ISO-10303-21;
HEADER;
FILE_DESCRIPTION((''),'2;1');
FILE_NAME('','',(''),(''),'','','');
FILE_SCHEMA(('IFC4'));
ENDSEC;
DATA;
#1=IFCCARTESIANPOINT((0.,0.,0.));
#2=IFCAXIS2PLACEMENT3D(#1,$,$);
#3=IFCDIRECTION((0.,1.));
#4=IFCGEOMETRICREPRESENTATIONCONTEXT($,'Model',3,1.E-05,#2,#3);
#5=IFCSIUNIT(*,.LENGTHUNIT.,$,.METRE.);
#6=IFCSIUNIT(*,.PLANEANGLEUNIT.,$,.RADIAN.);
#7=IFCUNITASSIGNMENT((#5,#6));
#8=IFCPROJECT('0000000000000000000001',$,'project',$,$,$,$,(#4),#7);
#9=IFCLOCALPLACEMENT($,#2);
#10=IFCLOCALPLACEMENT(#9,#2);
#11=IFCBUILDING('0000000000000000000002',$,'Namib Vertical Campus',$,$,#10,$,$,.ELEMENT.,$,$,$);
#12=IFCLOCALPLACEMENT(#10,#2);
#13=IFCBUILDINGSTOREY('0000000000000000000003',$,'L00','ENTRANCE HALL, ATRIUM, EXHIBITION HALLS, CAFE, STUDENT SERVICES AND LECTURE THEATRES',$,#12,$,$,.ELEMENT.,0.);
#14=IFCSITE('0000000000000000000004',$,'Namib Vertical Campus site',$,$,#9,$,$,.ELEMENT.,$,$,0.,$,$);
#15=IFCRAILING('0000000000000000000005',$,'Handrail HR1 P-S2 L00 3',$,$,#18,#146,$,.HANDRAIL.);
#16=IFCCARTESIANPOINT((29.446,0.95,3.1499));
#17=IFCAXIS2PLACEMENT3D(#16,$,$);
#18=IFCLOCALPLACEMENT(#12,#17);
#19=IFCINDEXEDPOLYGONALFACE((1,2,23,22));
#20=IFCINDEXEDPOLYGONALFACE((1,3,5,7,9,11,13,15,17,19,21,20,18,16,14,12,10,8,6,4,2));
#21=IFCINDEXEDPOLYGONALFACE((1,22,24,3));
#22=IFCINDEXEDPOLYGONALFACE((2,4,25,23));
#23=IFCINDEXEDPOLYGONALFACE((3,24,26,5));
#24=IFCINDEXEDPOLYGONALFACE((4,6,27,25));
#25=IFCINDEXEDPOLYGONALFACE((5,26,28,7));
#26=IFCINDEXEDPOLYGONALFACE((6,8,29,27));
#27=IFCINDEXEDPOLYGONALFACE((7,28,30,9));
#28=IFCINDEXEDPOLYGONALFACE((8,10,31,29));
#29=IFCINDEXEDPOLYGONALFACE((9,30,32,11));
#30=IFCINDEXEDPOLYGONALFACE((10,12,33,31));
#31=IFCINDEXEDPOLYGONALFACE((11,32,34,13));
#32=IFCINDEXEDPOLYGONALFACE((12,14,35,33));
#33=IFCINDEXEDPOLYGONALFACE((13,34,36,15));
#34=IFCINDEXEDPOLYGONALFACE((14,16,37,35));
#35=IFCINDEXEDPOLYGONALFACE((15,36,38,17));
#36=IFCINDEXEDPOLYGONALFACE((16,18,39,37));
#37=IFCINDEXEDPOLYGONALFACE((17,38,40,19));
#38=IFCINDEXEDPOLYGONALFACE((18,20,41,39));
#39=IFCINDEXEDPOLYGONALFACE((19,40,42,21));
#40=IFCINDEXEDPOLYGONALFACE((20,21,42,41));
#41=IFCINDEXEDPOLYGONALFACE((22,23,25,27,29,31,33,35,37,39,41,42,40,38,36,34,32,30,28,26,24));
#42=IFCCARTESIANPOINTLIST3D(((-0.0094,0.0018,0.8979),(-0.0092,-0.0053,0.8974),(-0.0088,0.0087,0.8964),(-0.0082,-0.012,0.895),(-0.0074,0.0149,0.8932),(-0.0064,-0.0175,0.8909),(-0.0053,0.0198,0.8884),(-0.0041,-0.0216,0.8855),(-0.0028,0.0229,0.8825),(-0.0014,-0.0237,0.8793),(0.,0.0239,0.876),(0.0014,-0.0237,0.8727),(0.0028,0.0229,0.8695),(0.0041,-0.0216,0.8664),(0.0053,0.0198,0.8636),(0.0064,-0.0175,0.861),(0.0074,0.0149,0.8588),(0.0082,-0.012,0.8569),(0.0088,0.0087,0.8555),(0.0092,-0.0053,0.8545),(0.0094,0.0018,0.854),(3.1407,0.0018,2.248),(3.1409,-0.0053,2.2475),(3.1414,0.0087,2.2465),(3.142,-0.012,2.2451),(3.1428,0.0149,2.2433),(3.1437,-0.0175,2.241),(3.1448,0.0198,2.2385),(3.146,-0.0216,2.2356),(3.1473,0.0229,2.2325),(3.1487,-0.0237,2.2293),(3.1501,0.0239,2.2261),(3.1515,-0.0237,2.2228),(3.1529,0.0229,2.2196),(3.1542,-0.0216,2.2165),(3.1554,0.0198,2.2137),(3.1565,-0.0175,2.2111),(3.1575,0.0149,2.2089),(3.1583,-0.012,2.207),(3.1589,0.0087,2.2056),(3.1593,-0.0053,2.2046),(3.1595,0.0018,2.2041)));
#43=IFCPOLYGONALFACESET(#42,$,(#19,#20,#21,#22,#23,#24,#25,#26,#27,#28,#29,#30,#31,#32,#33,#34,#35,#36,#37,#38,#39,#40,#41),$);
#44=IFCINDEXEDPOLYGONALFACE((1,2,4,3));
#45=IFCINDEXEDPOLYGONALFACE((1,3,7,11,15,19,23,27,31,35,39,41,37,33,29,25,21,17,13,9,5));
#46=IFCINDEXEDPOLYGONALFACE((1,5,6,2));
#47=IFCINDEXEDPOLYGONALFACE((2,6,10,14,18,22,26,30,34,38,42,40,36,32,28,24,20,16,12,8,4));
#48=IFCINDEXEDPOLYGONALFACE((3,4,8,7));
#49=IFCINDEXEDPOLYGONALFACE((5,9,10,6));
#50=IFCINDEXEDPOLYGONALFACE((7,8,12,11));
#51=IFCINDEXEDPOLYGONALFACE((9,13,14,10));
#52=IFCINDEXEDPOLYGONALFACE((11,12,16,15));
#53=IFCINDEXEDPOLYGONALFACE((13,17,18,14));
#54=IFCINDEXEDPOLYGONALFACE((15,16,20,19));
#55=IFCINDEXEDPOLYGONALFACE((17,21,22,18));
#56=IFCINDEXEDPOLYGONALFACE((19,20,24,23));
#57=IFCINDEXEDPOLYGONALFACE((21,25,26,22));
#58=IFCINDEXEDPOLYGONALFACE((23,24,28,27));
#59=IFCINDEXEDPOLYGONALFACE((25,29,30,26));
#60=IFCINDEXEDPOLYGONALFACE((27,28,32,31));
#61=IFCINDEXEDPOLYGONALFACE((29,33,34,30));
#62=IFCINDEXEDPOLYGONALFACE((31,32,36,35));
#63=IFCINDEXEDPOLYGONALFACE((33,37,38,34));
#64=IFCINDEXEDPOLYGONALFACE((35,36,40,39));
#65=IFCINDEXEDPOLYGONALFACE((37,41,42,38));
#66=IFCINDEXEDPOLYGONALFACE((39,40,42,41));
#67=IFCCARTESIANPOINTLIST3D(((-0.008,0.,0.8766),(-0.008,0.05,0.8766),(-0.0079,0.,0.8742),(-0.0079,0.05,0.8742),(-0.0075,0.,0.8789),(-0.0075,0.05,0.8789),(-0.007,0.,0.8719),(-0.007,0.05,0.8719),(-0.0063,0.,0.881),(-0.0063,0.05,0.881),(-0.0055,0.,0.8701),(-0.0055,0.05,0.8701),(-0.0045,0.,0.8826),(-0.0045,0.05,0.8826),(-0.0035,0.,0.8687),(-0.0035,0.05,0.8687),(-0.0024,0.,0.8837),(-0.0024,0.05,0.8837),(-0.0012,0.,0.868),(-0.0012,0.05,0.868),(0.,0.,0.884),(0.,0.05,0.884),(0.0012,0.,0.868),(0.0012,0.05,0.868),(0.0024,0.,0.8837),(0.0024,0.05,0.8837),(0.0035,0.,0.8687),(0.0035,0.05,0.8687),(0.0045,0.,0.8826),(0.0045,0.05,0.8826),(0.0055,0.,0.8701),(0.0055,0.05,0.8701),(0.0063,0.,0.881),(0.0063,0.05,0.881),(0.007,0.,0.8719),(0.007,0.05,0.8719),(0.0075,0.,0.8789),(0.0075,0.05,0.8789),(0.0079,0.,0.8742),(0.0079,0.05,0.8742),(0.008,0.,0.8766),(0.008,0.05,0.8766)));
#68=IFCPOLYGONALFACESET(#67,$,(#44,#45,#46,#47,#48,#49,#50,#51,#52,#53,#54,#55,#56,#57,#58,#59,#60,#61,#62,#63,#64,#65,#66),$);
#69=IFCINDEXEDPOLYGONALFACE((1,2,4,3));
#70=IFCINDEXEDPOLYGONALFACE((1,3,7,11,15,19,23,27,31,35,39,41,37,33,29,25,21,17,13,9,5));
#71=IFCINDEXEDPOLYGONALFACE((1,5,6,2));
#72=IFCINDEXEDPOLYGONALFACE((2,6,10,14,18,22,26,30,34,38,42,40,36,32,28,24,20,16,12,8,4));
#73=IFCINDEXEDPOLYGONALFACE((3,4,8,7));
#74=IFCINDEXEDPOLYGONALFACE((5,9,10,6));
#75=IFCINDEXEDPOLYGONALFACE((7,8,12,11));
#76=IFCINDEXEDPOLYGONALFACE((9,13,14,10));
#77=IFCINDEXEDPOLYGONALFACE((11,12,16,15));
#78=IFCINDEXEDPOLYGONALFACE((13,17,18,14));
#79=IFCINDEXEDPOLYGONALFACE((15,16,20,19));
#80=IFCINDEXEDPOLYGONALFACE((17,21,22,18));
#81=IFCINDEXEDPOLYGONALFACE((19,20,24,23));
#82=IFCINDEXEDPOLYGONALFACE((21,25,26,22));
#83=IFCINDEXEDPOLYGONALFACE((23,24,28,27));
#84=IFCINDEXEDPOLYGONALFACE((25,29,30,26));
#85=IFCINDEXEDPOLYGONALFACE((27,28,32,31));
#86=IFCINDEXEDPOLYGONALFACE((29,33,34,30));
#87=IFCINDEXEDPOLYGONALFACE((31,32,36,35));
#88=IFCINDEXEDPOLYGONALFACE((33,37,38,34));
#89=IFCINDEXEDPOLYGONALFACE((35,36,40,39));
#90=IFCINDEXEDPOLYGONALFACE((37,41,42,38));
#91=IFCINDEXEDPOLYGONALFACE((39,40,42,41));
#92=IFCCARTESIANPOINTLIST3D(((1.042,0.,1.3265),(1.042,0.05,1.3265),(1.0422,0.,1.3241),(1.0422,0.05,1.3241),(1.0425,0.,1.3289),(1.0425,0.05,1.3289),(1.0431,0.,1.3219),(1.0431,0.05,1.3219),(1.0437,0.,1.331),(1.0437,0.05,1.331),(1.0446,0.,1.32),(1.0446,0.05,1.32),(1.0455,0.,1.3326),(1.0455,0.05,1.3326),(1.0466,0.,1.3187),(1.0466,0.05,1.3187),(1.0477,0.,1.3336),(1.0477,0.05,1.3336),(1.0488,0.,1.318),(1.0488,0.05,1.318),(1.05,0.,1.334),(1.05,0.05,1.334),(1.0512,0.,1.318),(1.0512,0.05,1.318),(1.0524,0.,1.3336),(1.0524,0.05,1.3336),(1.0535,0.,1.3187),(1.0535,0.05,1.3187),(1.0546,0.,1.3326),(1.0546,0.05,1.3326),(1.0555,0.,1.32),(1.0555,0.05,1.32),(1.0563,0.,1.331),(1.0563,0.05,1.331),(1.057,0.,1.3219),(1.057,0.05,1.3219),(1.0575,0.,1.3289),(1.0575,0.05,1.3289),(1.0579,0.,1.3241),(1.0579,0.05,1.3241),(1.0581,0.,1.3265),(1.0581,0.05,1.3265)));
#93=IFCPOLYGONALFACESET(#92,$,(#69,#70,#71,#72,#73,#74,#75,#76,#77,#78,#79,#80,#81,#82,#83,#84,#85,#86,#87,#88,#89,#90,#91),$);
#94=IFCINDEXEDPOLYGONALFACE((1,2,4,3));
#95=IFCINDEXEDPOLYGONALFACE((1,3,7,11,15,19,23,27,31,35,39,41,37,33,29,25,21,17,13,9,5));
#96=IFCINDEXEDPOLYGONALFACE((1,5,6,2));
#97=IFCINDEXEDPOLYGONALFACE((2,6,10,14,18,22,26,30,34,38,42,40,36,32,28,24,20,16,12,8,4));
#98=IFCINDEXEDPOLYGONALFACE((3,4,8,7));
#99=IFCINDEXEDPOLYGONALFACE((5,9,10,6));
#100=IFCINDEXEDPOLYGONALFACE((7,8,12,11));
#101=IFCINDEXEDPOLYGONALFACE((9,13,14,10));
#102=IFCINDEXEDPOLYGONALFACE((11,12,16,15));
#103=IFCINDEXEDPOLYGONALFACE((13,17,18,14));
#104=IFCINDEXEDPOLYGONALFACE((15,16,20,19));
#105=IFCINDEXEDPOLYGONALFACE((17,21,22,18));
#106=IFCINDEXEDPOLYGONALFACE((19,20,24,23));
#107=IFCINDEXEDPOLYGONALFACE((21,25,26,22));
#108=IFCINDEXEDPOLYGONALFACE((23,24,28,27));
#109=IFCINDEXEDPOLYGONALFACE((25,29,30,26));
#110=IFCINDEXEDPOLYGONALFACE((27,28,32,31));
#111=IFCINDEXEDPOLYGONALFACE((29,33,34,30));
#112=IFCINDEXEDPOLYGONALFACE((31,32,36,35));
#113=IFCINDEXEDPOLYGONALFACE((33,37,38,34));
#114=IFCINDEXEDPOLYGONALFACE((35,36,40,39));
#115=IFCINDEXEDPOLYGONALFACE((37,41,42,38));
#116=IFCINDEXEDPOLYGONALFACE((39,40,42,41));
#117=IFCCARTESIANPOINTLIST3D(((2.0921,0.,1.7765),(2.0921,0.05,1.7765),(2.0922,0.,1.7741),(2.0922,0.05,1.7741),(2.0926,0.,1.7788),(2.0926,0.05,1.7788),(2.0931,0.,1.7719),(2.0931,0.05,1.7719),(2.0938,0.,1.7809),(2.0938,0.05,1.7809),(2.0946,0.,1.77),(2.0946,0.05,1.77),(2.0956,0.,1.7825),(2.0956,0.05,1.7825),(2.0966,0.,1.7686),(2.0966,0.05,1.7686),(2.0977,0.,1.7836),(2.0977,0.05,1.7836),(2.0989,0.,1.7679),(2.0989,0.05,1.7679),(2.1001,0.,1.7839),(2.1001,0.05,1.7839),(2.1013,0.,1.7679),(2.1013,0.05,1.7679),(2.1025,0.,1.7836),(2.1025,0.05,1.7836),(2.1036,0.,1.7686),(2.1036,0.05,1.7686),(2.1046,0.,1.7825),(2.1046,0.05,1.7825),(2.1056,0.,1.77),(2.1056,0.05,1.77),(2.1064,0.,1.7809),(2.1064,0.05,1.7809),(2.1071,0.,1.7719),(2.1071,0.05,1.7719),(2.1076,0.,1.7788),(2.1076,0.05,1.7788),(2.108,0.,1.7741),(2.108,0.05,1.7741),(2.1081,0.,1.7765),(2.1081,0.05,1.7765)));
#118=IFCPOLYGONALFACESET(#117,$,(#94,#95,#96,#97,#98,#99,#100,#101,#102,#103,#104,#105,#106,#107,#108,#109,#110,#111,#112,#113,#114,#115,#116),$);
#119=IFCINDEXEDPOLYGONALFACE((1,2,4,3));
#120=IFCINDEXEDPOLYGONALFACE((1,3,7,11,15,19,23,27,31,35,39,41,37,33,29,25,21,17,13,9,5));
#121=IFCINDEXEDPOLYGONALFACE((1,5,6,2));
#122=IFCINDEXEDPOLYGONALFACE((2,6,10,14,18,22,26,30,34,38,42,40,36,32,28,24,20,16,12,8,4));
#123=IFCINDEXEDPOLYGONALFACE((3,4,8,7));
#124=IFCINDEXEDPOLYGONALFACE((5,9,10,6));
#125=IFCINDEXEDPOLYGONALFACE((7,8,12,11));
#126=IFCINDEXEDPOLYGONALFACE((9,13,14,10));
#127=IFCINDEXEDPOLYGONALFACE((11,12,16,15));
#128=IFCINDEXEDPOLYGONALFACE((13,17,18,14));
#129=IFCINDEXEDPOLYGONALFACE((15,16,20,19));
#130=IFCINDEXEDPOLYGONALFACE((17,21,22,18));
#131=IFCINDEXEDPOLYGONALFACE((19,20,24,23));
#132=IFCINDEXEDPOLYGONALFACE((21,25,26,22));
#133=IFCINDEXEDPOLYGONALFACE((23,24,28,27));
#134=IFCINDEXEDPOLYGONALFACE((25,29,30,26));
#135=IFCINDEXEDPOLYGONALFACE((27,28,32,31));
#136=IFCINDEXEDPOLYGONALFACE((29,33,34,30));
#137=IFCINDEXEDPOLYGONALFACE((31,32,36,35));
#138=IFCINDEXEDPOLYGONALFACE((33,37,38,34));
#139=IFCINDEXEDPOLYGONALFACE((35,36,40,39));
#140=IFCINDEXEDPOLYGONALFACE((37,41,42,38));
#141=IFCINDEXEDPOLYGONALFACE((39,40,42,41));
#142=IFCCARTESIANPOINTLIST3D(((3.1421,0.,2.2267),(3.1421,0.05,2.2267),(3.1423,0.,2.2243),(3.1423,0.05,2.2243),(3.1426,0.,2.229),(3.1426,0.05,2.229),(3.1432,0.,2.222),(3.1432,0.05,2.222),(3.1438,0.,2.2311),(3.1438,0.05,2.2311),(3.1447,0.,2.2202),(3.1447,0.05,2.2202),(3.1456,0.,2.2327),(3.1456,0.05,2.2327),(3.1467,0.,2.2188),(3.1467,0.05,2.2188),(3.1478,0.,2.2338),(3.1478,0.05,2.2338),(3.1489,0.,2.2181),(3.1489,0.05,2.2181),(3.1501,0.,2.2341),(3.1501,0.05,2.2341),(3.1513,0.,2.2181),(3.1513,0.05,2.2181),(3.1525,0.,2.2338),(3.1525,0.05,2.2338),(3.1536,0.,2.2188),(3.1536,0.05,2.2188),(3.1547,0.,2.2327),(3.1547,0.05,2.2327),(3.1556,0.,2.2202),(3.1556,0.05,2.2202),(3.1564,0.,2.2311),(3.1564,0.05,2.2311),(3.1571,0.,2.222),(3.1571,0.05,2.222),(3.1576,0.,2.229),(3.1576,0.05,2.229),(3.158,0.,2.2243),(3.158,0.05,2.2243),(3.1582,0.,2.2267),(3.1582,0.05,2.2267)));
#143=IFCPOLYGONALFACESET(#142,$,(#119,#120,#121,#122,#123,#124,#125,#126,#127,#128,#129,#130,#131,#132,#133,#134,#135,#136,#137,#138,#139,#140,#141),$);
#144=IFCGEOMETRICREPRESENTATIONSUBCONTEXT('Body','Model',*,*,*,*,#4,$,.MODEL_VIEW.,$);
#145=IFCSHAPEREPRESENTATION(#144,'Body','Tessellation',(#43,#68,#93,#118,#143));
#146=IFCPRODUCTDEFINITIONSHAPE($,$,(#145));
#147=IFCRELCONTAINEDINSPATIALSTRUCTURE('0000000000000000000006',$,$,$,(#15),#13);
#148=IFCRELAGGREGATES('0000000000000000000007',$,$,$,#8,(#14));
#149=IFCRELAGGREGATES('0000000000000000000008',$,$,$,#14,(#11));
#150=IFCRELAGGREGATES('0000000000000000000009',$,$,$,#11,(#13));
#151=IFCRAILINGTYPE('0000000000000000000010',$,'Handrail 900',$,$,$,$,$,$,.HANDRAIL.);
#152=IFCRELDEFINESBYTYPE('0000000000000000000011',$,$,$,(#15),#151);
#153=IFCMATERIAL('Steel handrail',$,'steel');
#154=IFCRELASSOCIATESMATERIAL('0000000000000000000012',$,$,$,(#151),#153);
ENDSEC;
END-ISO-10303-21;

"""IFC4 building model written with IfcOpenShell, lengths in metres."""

from ifc_helpers import new_model, si_unit, direction, frame, origin, origin_2d, place, context, subcontext, project, spatial, circle, extrude, material, type_object, element, save


model = new_model("IFC4")

# Units and contexts
model_context = context("Model", 3, precision=1e-05, world=origin(), true_north=direction((0.0, 1.0)))
body_context = subcontext(model_context, "Body", "Model", "MODEL_VIEW")
ifc_project = project(units=[si_unit("LENGTHUNIT", "METRE"), si_unit("PLANEANGLEUNIT", "RADIAN")], contexts=[model_context])

# Site, building, storey
site_placement = place(None, origin())
site = spatial("IfcSite", under=ifc_project, at=site_placement, Name="Namib Vertical Campus site", CompositionType="ELEMENT", RefElevation=0.0)
building_placement = place(site_placement, origin())
building = spatial("IfcBuilding", under=site, at=building_placement, Name="Namib Vertical Campus", CompositionType="ELEMENT")
storey_placement = place(building_placement, origin())
storey = spatial("IfcBuildingStorey", under=building, at=storey_placement, Name="L00", Description="ENTRANCE HALL, ATRIUM, EXHIBITION HALLS, CAFE, STUDENT SERVICES AND LECTURE THEATRES", CompositionType="ELEMENT", Elevation=0.0)

# Railing
ifc_material_1 = material(Name="Steel handrail", Category="steel")
railing_type_1 = type_object("IfcRailingType", Name="Handrail 900", PredefinedType="HANDRAIL", material=ifc_material_1)
railing_1_placement = place(storey_placement, frame((29.446, 0.95, 3.1499)))
element("IfcRailing", 1, at=railing_1_placement, inside=storey, type_object=railing_type_1, Name="Handrail HR1 P-S2 L00 3", PredefinedType="HANDRAIL", context=body_context, shape_type="SweptSolid", body=[
    extrude(circle(Radius=0.0239, at=origin_2d()), frame((0.0, 0.0, 0.876), z_axis=(0.919141, 0.0, 0.393928), x_axis=(0.0, 1.0, 0.0)), (0.0, 0.0, 1.0), 3.4272),
    extrude(circle(Radius=0.0081, at=origin_2d()), frame((0.0, 0.0, 0.876), z_axis=(0.0, 1.0, 0.0), x_axis=(0.0, 0.0, 1.0)), (0.0, 0.0, 1.0), 0.05),
    extrude(circle(Radius=0.0081, at=origin_2d()), frame((1.05, 0.0, 1.3259), z_axis=(0.0, 1.0, 0.0), x_axis=(0.0, 0.0, 1.0)), (0.0, 0.0, 1.0), 0.05),
    extrude(circle(Radius=0.0081, at=origin_2d()), frame((2.1001, 0.0, 1.7759), z_axis=(0.0, 1.0, 0.0), x_axis=(0.0, 0.0, 1.0)), (0.0, 0.0, 1.0), 0.05),
    extrude(circle(Radius=0.0081, at=origin_2d()), frame((3.1501, 0.0, 2.2261), z_axis=(0.0, 1.0, 0.0), x_axis=(0.0, 0.0, 1.0)), (0.0, 0.0, 1.0), 0.05),
])

save(model, "model.ifc")
